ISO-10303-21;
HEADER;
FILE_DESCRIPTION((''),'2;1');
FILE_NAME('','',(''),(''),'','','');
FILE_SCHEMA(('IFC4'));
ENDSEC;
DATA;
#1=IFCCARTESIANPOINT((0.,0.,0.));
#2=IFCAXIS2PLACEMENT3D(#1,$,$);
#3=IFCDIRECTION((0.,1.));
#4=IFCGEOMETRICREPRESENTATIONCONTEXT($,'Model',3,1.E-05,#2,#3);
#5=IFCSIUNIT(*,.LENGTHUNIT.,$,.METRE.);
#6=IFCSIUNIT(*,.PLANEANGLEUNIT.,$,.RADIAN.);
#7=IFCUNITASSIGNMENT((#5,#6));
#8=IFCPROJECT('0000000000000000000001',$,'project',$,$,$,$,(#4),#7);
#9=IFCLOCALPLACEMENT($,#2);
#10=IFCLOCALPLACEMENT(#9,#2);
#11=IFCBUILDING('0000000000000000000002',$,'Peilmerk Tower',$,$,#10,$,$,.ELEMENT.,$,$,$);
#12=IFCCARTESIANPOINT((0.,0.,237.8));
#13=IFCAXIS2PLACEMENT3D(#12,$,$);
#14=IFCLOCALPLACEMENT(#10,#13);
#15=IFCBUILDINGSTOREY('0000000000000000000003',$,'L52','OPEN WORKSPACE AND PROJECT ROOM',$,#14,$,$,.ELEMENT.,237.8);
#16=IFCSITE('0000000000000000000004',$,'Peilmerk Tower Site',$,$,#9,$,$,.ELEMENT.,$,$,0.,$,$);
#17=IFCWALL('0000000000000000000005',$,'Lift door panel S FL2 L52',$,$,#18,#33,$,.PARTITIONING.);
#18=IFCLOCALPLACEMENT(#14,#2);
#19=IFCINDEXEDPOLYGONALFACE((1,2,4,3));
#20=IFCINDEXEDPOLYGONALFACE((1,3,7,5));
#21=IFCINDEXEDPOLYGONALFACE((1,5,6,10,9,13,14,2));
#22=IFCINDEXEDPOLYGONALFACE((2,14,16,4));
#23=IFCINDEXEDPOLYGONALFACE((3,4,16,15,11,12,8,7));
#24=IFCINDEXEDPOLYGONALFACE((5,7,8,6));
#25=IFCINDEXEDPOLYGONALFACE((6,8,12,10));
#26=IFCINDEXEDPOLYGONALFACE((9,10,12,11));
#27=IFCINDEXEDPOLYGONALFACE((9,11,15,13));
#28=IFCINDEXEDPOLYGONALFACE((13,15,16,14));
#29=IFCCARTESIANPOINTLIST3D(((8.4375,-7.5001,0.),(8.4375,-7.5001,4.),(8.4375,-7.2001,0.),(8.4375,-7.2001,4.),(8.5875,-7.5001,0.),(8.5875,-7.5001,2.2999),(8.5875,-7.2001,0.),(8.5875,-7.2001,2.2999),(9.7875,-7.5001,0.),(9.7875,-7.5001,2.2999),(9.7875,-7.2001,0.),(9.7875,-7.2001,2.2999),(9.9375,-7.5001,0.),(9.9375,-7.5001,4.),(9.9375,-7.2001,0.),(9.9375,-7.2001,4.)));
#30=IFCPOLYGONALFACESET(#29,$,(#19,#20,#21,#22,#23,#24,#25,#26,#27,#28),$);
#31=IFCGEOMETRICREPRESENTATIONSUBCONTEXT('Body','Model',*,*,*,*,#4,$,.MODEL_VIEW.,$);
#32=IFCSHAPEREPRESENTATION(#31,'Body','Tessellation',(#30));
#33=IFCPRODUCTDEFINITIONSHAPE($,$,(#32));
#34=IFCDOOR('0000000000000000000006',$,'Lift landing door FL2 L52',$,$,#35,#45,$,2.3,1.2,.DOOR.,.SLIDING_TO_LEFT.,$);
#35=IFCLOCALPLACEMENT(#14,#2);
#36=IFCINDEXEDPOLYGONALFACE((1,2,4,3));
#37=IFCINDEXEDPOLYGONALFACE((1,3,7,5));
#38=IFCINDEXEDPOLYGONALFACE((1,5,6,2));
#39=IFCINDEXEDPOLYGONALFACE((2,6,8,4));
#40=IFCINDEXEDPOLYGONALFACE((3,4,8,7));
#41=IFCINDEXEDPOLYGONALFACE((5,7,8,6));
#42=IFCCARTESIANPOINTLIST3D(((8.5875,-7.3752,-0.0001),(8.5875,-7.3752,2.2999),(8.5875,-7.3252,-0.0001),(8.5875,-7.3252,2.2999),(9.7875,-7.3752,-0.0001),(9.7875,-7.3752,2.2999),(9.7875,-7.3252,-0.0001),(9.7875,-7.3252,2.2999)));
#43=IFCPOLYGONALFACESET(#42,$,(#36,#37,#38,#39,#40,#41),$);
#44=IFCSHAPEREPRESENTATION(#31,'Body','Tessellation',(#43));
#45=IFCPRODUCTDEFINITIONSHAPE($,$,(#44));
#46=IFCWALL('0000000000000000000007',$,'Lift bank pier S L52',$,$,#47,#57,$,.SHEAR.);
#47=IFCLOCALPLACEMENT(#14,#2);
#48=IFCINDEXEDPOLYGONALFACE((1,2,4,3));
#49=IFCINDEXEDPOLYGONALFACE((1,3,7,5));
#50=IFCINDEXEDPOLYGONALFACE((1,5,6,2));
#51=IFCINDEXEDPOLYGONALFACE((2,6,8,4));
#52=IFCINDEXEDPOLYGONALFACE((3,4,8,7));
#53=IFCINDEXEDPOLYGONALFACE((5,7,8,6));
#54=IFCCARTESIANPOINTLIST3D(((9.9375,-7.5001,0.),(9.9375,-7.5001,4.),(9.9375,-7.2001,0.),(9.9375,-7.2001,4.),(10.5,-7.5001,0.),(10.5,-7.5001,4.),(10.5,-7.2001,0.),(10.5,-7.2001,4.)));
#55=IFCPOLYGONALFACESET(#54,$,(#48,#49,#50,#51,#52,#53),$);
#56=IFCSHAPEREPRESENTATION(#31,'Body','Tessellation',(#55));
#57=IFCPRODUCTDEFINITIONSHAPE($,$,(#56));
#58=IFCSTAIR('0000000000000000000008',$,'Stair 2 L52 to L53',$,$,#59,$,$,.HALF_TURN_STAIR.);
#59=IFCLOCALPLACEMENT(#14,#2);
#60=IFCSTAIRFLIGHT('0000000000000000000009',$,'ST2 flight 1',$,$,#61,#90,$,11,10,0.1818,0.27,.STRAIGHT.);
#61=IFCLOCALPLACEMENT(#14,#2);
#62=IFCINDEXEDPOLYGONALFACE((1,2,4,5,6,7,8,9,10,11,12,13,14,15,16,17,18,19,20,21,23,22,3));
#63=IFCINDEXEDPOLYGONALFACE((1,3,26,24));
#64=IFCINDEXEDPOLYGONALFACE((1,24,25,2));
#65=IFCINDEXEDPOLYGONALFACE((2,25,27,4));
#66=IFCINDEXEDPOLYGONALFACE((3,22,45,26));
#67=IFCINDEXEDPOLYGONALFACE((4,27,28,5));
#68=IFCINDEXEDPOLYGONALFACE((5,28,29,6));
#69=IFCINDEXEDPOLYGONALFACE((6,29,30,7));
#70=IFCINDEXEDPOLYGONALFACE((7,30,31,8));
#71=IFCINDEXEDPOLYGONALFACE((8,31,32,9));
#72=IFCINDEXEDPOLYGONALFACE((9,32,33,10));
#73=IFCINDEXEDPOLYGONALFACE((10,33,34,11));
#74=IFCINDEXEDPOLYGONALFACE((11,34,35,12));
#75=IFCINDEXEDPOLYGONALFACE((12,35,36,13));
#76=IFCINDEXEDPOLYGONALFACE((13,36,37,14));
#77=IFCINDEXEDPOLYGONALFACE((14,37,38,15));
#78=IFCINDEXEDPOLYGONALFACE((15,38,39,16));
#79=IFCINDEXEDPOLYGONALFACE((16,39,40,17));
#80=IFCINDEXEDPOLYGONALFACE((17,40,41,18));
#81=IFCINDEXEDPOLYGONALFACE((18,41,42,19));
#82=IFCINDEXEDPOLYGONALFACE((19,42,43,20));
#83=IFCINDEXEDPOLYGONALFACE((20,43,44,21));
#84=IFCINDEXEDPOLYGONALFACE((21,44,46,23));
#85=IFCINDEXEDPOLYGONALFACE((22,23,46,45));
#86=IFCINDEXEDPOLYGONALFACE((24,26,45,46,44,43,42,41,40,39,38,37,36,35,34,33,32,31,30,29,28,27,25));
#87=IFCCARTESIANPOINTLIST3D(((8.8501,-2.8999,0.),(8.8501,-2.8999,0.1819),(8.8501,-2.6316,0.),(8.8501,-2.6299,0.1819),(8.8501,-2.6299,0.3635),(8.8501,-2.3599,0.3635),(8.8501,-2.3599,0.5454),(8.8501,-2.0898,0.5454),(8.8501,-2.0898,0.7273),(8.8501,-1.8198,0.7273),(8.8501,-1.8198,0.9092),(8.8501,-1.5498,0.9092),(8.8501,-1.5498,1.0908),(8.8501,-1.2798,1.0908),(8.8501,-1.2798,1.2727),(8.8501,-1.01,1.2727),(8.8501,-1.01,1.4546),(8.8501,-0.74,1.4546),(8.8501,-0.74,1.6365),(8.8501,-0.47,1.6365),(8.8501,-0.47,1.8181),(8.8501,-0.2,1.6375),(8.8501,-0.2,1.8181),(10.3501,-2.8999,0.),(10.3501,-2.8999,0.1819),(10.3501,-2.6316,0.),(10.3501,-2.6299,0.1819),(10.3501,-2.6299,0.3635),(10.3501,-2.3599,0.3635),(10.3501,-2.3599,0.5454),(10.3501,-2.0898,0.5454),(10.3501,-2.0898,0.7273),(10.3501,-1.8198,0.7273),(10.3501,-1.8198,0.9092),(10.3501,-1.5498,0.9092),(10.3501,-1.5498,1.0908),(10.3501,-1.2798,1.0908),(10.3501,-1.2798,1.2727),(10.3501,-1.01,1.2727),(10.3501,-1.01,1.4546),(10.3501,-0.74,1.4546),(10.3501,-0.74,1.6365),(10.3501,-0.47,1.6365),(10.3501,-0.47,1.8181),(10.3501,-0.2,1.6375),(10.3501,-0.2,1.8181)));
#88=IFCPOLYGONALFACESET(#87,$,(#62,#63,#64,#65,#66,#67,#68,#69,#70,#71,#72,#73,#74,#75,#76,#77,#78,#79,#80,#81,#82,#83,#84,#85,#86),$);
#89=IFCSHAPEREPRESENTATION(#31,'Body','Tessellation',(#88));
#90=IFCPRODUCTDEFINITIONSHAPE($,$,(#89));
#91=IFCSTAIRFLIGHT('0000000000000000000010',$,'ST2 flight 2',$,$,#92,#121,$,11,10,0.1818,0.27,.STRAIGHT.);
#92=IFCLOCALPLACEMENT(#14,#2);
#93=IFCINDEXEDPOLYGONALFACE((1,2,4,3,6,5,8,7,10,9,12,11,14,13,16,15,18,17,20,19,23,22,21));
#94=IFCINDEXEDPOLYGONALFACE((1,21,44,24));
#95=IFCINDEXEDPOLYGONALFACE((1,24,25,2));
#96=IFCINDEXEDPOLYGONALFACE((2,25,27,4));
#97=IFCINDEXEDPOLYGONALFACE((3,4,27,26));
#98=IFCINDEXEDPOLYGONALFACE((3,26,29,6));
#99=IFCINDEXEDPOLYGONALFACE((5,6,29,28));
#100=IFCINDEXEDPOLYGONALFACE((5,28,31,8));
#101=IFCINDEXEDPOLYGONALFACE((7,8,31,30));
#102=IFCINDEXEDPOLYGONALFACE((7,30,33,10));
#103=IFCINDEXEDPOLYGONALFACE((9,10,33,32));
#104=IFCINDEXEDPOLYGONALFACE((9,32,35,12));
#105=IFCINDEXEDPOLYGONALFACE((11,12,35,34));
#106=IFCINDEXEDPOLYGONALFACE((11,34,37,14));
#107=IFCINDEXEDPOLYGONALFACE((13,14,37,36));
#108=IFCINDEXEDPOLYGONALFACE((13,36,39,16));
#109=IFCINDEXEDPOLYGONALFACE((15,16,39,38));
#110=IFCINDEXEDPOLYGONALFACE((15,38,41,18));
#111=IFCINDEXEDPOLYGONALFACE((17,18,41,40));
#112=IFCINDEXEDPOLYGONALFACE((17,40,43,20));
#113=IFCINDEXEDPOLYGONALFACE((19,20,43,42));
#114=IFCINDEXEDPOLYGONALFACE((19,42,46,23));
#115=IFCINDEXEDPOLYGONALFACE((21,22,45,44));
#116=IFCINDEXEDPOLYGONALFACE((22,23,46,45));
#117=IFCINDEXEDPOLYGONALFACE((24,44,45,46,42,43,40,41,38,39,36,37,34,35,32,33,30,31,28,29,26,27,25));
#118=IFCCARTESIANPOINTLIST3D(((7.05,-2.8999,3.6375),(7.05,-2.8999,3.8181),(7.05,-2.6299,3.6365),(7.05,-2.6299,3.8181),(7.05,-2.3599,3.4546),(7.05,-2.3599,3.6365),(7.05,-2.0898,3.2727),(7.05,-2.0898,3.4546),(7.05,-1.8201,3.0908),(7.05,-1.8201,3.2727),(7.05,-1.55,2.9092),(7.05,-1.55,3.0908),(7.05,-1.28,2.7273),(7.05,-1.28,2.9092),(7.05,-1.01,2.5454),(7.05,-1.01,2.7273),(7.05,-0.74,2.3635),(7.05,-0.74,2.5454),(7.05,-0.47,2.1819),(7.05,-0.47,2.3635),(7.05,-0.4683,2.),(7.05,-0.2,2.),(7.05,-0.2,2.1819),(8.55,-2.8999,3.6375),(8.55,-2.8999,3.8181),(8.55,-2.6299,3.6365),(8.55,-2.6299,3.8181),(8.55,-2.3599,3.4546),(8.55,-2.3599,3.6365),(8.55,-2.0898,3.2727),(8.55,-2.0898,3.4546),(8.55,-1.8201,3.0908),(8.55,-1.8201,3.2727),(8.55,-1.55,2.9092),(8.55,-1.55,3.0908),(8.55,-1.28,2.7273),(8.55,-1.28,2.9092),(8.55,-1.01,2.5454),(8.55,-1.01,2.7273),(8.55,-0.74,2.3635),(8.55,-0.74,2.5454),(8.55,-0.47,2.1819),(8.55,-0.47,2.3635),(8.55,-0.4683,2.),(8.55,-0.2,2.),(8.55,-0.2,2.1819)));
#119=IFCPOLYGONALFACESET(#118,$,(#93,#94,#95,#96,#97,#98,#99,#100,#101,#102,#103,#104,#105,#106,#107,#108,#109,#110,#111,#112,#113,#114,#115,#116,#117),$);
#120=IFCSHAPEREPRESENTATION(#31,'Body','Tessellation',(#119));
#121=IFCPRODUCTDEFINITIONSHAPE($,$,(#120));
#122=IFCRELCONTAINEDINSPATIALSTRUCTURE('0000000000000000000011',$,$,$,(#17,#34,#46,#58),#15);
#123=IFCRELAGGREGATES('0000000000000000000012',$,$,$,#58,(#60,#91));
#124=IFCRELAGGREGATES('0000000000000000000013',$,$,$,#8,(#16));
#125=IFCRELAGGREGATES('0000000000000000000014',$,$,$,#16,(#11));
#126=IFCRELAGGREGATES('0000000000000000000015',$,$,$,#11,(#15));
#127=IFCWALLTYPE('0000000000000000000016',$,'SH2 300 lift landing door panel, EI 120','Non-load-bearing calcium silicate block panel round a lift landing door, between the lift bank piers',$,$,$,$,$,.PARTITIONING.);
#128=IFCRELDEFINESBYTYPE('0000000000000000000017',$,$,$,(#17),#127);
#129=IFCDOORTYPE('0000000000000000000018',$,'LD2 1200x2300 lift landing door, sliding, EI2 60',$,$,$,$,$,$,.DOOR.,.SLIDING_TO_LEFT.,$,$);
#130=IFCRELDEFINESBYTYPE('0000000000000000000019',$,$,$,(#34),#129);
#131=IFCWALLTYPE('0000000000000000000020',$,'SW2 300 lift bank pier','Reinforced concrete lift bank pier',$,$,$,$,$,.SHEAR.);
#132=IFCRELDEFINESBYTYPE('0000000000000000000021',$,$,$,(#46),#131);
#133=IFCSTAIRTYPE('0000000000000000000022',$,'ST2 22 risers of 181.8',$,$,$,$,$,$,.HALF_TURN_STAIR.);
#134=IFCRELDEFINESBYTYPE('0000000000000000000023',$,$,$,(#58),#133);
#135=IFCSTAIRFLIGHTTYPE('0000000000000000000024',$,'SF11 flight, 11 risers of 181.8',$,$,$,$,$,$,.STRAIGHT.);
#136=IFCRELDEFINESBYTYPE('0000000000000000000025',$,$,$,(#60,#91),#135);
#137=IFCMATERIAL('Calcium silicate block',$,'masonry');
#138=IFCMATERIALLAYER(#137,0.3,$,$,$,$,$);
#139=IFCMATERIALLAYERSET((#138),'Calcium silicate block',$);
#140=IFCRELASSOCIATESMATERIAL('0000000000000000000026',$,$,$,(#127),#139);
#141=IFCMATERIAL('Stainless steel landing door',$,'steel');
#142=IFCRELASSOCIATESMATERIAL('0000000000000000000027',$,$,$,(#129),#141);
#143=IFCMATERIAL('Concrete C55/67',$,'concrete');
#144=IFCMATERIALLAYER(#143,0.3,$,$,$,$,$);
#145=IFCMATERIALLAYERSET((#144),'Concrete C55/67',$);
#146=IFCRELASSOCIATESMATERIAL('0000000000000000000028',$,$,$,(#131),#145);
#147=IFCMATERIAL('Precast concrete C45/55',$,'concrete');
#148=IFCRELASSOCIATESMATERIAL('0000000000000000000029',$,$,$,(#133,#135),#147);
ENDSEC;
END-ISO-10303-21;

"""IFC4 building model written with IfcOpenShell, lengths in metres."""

from ifc_helpers import new_model, si_unit, direction, frame, frame_2d, origin, place, context, subcontext, project, spatial, polyline, rectangle, outline, extrude, material, layer, layer_set, type_object, element, fill, aggregate, save


model = new_model("IFC4")

# Units and contexts
model_context = context("Model", 3, precision=1e-05, world=origin(), true_north=direction((0.0, 1.0)))
body_context = subcontext(model_context, "Body", "Model", "MODEL_VIEW")
ifc_project = project(units=[si_unit("LENGTHUNIT", "METRE"), si_unit("PLANEANGLEUNIT", "RADIAN")], contexts=[model_context])

# Site, building, storey
site_placement = place(None, origin())
site = spatial("IfcSite", under=ifc_project, at=site_placement, Name="Peilmerk Tower Site", CompositionType="ELEMENT", RefElevation=0.0)
building_placement = place(site_placement, origin())
building = spatial("IfcBuilding", under=site, at=building_placement, Name="Peilmerk Tower", CompositionType="ELEMENT")
storey_placement = place(building_placement, frame((0.0, 0.0, 237.8)))
storey = spatial("IfcBuildingStorey", under=building, at=storey_placement, Name="L52", Description="OPEN WORKSPACE AND PROJECT ROOM", CompositionType="ELEMENT", Elevation=237.8)

# Shared definitions
ifc_material_1 = material(Name="Precast concrete C45/55", Category="concrete")

# Wall, opening, door
ifc_material_2 = material(Name="Calcium silicate block", Category="masonry")
ifc_layer_1 = layer(ifc_material_2, 0.3)
ifc_layer_set_1 = layer_set([ifc_layer_1], Name="Calcium silicate block")
wall_type_1 = type_object("IfcWallType", Name="SH2 300 lift landing door panel, EI 120", Description="Non-load-bearing calcium silicate block panel round a lift landing door, between the lift bank piers", PredefinedType="PARTITIONING", material=ifc_layer_set_1)
wall_1_placement = place(storey_placement, frame((8.4375, -7.3501, 0.0), z_axis=(0.0, 0.0, 1.0), x_axis=(1.0, 0.0, 0.0)))
wall_1 = element("IfcWall", 1, at=wall_1_placement, inside=storey, type_object=wall_type_1, Name="Lift door panel S FL2 L52", PredefinedType="PARTITIONING", context=body_context, shape_type="SweptSolid", body=[
    extrude(rectangle(XDim=1.5, YDim=0.3, at=frame_2d((0.75, 0.0))), origin(), (0.0, 0.0, 1.0), 4.0),
])
opening_1_placement = place(wall_1_placement, frame((0.1499, 0.0, 0.0)))
opening_1 = element("IfcOpeningElement", 2, at=opening_1_placement, cuts=wall_1, PredefinedType="OPENING", context=body_context, shape_type="SweptSolid", body=[
    extrude(rectangle(XDim=1.2, YDim=2.3, at=frame_2d((0.6001, 1.1499))), frame((0.0, 0.1599, 0.0), z_axis=(0.0, -1.0, 0.0), x_axis=(1.0, 0.0, 0.0)), (0.0, 0.0, 1.0), 0.3201),
])
ifc_material_3 = material(Name="Stainless steel landing door", Category="steel")
door_type_1 = type_object("IfcDoorType", Name="LD2 1200x2300 lift landing door, sliding, EI2 60", OperationType="SLIDING_TO_LEFT", PredefinedType="DOOR", material=ifc_material_3)
door_1_placement = place(opening_1_placement, origin())
door_1 = element("IfcDoor", 3, at=door_1_placement, inside=storey, type_object=door_type_1, Name="Lift landing door FL2 L52", OperationType="SLIDING_TO_LEFT", OverallHeight=2.3, OverallWidth=1.2, PredefinedType="DOOR", context=body_context, shape_type="SweptSolid", body=[
    extrude(rectangle(XDim=1.2, YDim=2.3, at=frame_2d((0.6001, 1.1499))), frame((0.0, 0.0249, 0.0), z_axis=(0.0, -1.0, 0.0), x_axis=(1.0, 0.0, 0.0)), (0.0, 0.0, 1.0), 0.05),
])
fill(opening_1, door_1)

# Wall
ifc_material_4 = material(Name="Concrete C55/67", Category="concrete")
ifc_layer_2 = layer(ifc_material_4, 0.3)
ifc_layer_set_2 = layer_set([ifc_layer_2], Name="Concrete C55/67")
wall_type_2 = type_object("IfcWallType", Name="SW2 300 lift bank pier", Description="Reinforced concrete lift bank pier", PredefinedType="SHEAR", material=ifc_layer_set_2)
wall_2_placement = place(storey_placement, frame((9.9375, -7.3501, 0.0), z_axis=(0.0, 0.0, 1.0), x_axis=(1.0, 0.0, 0.0)))
element("IfcWall", 4, at=wall_2_placement, inside=storey, type_object=wall_type_2, Name="Lift bank pier S L52", PredefinedType="SHEAR", context=body_context, shape_type="SweptSolid", body=[
    extrude(rectangle(XDim=0.5625, YDim=0.3, at=frame_2d((0.2812, 0.0))), origin(), (0.0, 0.0, 1.0), 4.0),
])

# Stair, stair flights
stair_type_1 = type_object("IfcStairType", Name="ST2 22 risers of 181.8", PredefinedType="HALF_TURN_STAIR", material=ifc_material_1)
stair_1_placement = place(storey_placement, origin())
stair_1 = element("IfcStair", 5, at=stair_1_placement, inside=storey, type_object=stair_type_1, Name="Stair 2 L52 to L53", PredefinedType="HALF_TURN_STAIR")
stair_flight_type = type_object("IfcStairFlightType", Name="SF11 flight, 11 risers of 181.8", PredefinedType="STRAIGHT", material=ifc_material_1)
stair_flight_1_placement = place(storey_placement, frame((9.6001, -2.8999, 0.0), z_axis=(0.0, 0.0, 1.0), x_axis=(0.0, 1.0, 0.0)))
stair_flight_1 = element("IfcStairFlight", 6, at=stair_flight_1_placement, type_object=stair_flight_type, Name="ST2 flight 1", NumberOfRisers=11, NumberOfTreads=10, PredefinedType="STRAIGHT", RiserHeight=0.1818, TreadLength=0.27, context=body_context, shape_type="SweptSolid", body=[
    extrude(outline(polyline([(0.0, 0.0), (0.0, 0.1819), (0.27, 0.1819), (0.27, 0.3635), (0.54, 0.3635), (0.54, 0.5454), (0.8101, 0.5454), (0.8101, 0.7273), (1.0801, 0.7273), (1.0801, 0.9092), (1.3501, 0.9092), (1.3501, 1.0908), (1.6201, 1.0908), (1.6201, 1.2727), (1.8899, 1.2727), (1.8899, 1.4546), (2.1599, 1.4546), (2.1599, 1.6365), (2.4299, 1.6365), (2.4299, 1.8181), (2.7, 1.8181), (2.7, 2.0), (2.7, 1.6375), (0.2683, 0.0), (0.0, 0.0)])), frame((0.0, 0.75, 0.0), z_axis=(0.0, -1.0, 0.0), x_axis=(1.0, 0.0, 0.0)), (0.0, 0.0, 1.0), 1.5),
])
stair_flight_2_placement = place(storey_placement, frame((7.8, -0.2, 2.0), z_axis=(0.0, 0.0, 1.0), x_axis=(0.0, -1.0, 0.0)))
stair_flight_2 = element("IfcStairFlight", 7, at=stair_flight_2_placement, type_object=stair_flight_type, Name="ST2 flight 2", NumberOfRisers=11, NumberOfTreads=10, PredefinedType="STRAIGHT", RiserHeight=0.1818, TreadLength=0.27, context=body_context, shape_type="SweptSolid", body=[
    extrude(outline(polyline([(0.0, 0.0), (0.0, 0.1819), (0.27, 0.1819), (0.27, 0.3635), (0.54, 0.3635), (0.54, 0.5454), (0.8101, 0.5454), (0.8101, 0.7273), (1.0801, 0.7273), (1.0801, 0.9092), (1.3501, 0.9092), (1.3501, 1.0908), (1.6201, 1.0908), (1.6201, 1.2727), (1.8899, 1.2727), (1.8899, 1.4546), (2.1599, 1.4546), (2.1599, 1.6365), (2.4299, 1.6365), (2.4299, 1.8181), (2.7, 1.8181), (2.7, 2.0), (2.7, 1.6375), (0.2683, 0.0), (0.0, 0.0)])), frame((0.0, 0.75, 0.0), z_axis=(0.0, -1.0, 0.0), x_axis=(1.0, 0.0, 0.0)), (0.0, 0.0, 1.0), 1.5),
])
aggregate(stair_1, [stair_flight_1, stair_flight_2])

save(model, "model.ifc")
